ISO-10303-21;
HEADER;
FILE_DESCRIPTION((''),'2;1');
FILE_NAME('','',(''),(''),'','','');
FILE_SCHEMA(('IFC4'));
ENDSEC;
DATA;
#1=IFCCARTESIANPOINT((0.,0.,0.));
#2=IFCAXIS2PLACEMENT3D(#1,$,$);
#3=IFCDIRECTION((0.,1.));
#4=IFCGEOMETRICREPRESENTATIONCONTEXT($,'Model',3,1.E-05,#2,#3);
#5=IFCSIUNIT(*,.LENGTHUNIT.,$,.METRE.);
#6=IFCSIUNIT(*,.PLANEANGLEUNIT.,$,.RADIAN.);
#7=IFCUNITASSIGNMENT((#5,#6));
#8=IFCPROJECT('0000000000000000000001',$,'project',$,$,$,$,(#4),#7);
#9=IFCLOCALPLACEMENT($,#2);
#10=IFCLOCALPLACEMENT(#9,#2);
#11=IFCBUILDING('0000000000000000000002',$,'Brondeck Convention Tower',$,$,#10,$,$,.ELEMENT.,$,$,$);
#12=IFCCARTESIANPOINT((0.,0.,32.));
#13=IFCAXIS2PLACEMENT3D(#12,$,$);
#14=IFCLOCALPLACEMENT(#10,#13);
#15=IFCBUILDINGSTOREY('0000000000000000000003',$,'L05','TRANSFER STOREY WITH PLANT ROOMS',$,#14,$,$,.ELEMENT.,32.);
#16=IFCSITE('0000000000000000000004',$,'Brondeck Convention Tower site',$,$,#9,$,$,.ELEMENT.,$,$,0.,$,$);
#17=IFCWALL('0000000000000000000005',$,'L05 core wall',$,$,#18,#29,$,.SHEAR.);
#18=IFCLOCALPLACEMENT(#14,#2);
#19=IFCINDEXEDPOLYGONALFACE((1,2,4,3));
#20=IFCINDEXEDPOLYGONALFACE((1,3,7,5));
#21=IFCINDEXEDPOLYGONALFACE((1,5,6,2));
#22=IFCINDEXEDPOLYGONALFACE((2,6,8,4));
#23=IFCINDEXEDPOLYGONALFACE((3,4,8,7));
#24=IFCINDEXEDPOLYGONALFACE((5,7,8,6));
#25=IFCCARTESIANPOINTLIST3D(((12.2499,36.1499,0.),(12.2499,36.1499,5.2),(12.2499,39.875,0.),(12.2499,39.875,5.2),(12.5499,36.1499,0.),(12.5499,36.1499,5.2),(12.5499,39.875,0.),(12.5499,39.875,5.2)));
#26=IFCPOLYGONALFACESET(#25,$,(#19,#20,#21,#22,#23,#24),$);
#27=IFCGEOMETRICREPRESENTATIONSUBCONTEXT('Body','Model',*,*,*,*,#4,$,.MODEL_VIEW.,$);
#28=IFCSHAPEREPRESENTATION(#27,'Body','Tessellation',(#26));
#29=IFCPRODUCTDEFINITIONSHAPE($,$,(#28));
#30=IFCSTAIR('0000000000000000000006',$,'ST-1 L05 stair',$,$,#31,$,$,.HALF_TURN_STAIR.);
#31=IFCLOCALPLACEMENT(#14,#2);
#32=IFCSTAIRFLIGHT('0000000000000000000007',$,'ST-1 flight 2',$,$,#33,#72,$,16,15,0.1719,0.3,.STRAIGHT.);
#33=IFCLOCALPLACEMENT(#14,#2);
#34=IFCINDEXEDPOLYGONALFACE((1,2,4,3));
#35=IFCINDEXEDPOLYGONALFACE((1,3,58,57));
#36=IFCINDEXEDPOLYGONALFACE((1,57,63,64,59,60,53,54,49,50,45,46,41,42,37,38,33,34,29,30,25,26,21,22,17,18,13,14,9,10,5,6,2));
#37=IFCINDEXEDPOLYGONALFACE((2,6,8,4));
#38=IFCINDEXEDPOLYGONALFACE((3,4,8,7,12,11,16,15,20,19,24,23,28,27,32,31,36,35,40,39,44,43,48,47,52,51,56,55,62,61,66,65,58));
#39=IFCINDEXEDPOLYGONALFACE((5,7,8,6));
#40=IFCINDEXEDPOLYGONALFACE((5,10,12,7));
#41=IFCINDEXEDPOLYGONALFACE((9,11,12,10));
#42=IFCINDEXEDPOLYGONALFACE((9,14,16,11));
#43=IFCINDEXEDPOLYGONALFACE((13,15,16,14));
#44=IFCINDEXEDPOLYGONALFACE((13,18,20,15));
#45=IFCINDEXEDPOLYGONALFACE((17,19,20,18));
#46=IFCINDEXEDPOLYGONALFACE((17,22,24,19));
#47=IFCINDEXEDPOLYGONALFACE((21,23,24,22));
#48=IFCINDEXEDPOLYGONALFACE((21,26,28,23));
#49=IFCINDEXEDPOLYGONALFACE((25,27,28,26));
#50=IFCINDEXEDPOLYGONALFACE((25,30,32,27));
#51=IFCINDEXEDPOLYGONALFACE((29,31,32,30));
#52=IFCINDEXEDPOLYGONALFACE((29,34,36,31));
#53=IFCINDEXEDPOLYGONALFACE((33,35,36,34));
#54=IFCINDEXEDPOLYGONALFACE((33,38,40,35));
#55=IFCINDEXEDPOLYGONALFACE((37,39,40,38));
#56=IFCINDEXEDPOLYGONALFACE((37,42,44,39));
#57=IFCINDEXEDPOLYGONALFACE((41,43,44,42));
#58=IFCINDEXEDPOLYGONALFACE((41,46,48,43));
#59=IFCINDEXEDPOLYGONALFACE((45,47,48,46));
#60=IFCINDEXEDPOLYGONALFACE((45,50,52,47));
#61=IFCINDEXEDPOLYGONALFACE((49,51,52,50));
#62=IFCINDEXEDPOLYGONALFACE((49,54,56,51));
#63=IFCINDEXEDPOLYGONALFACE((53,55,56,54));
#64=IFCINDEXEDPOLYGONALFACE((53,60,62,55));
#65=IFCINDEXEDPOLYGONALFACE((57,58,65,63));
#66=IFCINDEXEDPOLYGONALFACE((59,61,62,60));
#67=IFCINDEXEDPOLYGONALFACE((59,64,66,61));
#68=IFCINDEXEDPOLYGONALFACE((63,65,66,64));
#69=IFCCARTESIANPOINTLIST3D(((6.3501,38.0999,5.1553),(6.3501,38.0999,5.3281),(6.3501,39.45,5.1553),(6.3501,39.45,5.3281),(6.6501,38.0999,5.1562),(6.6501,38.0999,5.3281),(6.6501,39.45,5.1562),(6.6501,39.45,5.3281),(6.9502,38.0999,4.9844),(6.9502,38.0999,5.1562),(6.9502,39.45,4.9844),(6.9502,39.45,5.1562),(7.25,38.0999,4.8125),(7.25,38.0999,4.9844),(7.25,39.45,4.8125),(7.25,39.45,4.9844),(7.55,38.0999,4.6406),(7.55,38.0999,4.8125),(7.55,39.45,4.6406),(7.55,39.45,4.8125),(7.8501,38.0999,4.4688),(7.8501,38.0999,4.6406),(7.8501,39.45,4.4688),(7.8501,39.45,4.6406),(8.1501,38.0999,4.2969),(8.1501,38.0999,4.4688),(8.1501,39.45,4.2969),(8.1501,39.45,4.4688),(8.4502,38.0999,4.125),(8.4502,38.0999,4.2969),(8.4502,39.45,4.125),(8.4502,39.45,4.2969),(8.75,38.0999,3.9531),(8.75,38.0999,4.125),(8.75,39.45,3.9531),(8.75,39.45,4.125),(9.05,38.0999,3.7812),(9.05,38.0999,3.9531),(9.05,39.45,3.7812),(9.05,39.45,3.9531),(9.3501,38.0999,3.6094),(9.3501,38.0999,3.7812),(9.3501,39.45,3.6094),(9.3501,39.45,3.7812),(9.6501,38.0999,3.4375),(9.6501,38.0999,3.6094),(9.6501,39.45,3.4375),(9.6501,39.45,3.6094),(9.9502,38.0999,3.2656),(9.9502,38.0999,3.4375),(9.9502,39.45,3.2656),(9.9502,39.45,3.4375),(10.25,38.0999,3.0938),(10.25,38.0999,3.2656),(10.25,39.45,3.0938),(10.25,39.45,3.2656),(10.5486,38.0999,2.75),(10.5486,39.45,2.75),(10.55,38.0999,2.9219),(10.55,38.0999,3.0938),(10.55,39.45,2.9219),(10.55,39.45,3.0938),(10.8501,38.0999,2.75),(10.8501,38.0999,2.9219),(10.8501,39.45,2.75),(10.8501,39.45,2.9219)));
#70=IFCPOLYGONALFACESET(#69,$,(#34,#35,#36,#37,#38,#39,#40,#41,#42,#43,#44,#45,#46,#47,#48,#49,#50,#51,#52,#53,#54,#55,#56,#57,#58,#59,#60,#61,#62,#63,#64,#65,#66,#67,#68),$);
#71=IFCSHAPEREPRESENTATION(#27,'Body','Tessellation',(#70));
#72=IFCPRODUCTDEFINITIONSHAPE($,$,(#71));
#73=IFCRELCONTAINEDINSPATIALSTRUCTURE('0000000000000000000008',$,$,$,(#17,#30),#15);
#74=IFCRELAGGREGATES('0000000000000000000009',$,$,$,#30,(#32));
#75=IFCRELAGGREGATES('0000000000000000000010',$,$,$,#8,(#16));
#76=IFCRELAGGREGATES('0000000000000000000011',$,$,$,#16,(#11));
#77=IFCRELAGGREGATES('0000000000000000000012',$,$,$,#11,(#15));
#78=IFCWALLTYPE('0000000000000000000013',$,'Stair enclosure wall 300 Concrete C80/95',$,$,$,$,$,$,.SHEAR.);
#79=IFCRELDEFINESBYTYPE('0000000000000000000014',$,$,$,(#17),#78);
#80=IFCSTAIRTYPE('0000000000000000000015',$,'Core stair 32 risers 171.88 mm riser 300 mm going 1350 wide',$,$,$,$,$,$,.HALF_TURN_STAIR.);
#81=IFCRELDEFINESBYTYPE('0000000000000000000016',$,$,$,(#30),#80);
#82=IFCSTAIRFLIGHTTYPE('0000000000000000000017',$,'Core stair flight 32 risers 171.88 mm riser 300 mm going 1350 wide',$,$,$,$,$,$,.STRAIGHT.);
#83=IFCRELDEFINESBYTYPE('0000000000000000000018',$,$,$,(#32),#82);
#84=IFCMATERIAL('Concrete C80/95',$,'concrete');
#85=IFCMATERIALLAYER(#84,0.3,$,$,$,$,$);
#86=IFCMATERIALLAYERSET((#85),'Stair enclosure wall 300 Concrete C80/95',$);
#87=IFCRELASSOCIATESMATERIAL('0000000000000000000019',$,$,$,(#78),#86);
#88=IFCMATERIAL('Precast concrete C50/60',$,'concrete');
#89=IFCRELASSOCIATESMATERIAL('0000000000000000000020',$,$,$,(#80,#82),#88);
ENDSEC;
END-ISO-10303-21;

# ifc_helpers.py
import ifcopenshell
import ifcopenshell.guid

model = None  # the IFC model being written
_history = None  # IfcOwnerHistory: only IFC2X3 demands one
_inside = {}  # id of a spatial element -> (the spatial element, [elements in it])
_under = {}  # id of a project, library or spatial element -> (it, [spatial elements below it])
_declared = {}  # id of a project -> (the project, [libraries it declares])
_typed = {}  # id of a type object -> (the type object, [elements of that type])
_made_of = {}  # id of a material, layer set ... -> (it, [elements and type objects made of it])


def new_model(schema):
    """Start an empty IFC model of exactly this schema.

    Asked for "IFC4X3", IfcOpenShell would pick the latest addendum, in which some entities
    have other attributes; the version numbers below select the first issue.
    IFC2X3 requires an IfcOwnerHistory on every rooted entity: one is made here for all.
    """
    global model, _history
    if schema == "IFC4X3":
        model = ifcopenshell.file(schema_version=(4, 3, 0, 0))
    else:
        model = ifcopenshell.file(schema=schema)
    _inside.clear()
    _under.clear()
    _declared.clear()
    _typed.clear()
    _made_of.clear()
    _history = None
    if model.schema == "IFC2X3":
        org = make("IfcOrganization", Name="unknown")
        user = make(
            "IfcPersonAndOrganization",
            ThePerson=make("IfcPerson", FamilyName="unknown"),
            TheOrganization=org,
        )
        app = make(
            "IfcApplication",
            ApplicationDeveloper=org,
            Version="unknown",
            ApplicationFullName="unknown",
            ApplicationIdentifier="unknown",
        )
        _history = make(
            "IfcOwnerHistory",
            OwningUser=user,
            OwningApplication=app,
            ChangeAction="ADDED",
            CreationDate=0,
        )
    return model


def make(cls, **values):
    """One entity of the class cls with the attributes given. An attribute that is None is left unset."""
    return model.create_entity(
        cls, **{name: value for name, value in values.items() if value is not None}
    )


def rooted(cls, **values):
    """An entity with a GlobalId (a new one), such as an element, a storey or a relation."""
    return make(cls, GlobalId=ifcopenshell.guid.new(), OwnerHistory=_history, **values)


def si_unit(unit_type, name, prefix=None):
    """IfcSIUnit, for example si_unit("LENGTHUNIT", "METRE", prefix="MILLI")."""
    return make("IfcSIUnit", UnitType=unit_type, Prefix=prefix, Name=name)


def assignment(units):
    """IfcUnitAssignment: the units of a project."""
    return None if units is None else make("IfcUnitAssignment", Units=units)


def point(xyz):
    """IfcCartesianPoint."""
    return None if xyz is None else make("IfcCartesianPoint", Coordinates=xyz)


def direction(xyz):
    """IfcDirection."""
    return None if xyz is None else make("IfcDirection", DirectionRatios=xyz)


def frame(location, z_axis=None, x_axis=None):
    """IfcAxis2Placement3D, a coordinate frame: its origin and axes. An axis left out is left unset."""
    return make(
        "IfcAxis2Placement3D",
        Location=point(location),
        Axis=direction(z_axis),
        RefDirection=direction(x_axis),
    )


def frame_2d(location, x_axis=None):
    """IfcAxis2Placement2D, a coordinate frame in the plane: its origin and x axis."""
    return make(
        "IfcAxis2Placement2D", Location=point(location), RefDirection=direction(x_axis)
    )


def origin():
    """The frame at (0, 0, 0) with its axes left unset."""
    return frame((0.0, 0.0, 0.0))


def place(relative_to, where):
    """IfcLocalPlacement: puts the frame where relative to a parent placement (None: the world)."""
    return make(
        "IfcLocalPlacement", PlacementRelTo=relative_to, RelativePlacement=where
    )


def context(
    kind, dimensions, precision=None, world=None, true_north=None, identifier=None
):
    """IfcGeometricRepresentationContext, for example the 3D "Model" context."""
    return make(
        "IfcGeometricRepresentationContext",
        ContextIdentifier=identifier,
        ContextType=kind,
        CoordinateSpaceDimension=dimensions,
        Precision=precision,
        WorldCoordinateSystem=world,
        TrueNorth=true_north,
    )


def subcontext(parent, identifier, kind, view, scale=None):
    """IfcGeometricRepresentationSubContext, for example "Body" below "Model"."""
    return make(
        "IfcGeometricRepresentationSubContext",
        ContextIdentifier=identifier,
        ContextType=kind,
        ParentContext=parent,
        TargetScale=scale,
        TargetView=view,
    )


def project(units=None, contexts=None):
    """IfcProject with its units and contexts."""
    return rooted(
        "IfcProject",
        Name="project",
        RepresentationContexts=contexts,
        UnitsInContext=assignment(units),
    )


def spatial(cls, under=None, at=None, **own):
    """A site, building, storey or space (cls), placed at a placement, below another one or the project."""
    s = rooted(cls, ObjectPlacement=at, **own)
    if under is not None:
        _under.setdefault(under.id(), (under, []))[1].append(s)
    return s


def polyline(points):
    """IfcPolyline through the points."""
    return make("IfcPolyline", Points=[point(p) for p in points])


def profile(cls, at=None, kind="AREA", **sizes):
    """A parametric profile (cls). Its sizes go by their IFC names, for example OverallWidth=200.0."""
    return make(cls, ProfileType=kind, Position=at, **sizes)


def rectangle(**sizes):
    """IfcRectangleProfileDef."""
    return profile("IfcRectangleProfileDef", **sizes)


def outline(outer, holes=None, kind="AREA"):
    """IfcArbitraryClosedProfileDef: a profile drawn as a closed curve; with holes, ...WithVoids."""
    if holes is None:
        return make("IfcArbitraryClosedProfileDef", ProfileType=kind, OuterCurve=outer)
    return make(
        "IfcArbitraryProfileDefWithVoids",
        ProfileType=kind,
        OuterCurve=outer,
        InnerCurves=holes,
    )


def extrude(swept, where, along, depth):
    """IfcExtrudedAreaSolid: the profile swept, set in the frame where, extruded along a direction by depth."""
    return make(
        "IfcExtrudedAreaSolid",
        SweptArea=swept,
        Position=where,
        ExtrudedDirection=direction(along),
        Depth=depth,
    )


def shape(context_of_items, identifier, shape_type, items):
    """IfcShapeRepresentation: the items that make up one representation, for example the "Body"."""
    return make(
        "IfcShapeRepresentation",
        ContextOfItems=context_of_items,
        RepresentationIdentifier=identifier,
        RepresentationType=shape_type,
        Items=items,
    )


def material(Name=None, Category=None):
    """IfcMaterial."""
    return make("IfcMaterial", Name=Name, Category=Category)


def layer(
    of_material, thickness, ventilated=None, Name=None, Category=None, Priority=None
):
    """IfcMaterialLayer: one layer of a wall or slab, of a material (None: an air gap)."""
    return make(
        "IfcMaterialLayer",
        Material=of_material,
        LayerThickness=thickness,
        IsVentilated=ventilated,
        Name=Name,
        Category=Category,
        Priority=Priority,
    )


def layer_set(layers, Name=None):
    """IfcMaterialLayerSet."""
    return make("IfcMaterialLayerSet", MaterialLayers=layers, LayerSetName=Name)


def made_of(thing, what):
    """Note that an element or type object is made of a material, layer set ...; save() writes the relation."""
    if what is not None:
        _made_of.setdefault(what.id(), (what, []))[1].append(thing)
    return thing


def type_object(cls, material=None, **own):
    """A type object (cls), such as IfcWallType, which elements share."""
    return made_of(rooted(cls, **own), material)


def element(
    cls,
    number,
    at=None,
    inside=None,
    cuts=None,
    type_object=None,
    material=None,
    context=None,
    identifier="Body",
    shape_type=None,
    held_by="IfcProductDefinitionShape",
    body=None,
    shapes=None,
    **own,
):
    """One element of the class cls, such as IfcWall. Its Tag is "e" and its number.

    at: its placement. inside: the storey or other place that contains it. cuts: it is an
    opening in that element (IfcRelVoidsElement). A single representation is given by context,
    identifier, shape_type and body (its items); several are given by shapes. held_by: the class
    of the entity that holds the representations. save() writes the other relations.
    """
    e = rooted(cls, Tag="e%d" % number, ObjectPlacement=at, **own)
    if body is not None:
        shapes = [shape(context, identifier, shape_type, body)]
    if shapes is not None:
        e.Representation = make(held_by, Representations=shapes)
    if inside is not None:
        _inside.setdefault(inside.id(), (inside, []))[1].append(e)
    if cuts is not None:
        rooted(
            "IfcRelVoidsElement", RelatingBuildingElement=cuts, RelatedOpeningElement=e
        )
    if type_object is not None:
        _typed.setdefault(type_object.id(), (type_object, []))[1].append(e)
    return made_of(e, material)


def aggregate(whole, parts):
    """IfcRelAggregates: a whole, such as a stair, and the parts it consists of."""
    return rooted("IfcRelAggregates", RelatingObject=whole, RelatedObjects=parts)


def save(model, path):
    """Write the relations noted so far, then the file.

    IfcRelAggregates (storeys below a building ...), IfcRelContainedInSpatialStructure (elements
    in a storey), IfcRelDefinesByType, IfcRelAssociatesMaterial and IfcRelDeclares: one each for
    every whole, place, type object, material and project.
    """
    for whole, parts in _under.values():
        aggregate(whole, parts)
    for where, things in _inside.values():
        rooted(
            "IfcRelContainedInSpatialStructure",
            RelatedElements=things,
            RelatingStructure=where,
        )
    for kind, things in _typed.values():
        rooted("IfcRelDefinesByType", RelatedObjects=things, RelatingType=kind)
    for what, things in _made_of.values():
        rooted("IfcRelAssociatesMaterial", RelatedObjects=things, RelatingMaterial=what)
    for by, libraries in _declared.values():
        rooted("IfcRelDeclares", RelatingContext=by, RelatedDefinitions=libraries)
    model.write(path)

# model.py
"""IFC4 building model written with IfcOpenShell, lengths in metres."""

from ifc_helpers import new_model, si_unit, direction, frame, frame_2d, origin, place, context, subcontext, project, spatial, polyline, rectangle, outline, extrude, material, layer, layer_set, type_object, element, aggregate, save


model = new_model("IFC4")

# Units and contexts
model_context = context("Model", 3, precision=1e-05, world=origin(), true_north=direction((0.0, 1.0)))
body_context = subcontext(model_context, "Body", "Model", "MODEL_VIEW")
ifc_project = project(units=[si_unit("LENGTHUNIT", "METRE"), si_unit("PLANEANGLEUNIT", "RADIAN")], contexts=[model_context])

# Site, building, storey
site_placement = place(None, origin())
site = spatial("IfcSite", under=ifc_project, at=site_placement, Name="Brondeck Convention Tower site", CompositionType="ELEMENT", RefElevation=0.0)
building_placement = place(site_placement, origin())
building = spatial("IfcBuilding", under=site, at=building_placement, Name="Brondeck Convention Tower", CompositionType="ELEMENT")
storey_placement = place(building_placement, frame((0.0, 0.0, 32.0)))
storey = spatial("IfcBuildingStorey", under=building, at=storey_placement, Name="L05", Description="TRANSFER STOREY WITH PLANT ROOMS", CompositionType="ELEMENT", Elevation=32.0)

# Shared definitions
ifc_material_1 = material(Name="Concrete C80/95", Category="concrete")

# Wall
ifc_layer_1 = layer(ifc_material_1, 0.3)
ifc_layer_set_1 = layer_set([ifc_layer_1], Name="Stair enclosure wall 300 Concrete C80/95")
wall_type_1 = type_object("IfcWallType", Name="Stair enclosure wall 300 Concrete C80/95", PredefinedType="SHEAR", material=ifc_layer_set_1)
wall_1_placement = place(storey_placement, frame((12.3999, 36.1499, 0.0), z_axis=(0.0, 0.0, 1.0), x_axis=(0.0, 1.0, 0.0)))
element("IfcWall", 1, at=wall_1_placement, inside=storey, type_object=wall_type_1, Name="L05 core wall", PredefinedType="SHEAR", context=body_context, shape_type="SweptSolid", body=[
    extrude(rectangle(XDim=3.7251, YDim=0.3, at=frame_2d((1.8625, 0.0))), origin(), (0.0, 0.0, 1.0), 5.2),
])

# Stair, stair flight
ifc_material_2 = material(Name="Precast concrete C50/60", Category="concrete")
stair_type = type_object("IfcStairType", Name="Core stair 32 risers 171.88 mm riser 300 mm going 1350 wide", PredefinedType="HALF_TURN_STAIR", material=ifc_material_2)
stair_placement = place(storey_placement, origin())
stair = element("IfcStair", 2, at=stair_placement, inside=storey, type_object=stair_type, Name="ST-1 L05 stair", PredefinedType="HALF_TURN_STAIR")
stair_flight_type = type_object("IfcStairFlightType", Name="Core stair flight 32 risers 171.88 mm riser 300 mm going 1350 wide", PredefinedType="STRAIGHT", material=ifc_material_2)
stair_flight_placement = place(storey_placement, frame((10.8501, 38.7749, 2.75), z_axis=(0.0, 0.0, 1.0), x_axis=(-1.0, 0.0, 0.0)))
stair_flight = element("IfcStairFlight", 3, at=stair_flight_placement, type_object=stair_flight_type, Name="ST-1 flight 2", NumberOfRisers=16, NumberOfTreads=15, PredefinedType="STRAIGHT", RiserHeight=0.1719, TreadLength=0.3, context=body_context, shape_type="SweptSolid", body=[
    extrude(outline(polyline([(0.0, 0.0), (0.0, 0.1719), (0.3, 0.1719), (0.3, 0.3438), (0.6001, 0.3438), (0.6001, 0.5156), (0.8999, 0.5156), (0.8999, 0.6875), (1.2, 0.6875), (1.2, 0.8594), (1.5, 0.8594), (1.5, 1.0312), (1.8, 1.0312), (1.8, 1.2031), (2.1001, 1.2031), (2.1001, 1.375), (2.3999, 1.375), (2.3999, 1.5469), (2.7, 1.5469), (2.7, 1.7188), (3.0, 1.7188), (3.0, 1.8906), (3.3, 1.8906), (3.3, 2.0625), (3.6001, 2.0625), (3.6001, 2.2344), (3.8999, 2.2344), (3.8999, 2.4062), (4.2, 2.4062), (4.2, 2.5781), (4.5, 2.5781), (4.5, 2.75), (4.5, 2.4053), (0.3015, 0.0), (0.0, 0.0)])), frame((0.0, 0.675, 0.0), z_axis=(0.0, -1.0, 0.0), x_axis=(1.0, 0.0, 0.0)), (0.0, 0.0, 1.0), 1.3501),
])
aggregate(stair, [stair_flight])

save(model, "model.ifc")
